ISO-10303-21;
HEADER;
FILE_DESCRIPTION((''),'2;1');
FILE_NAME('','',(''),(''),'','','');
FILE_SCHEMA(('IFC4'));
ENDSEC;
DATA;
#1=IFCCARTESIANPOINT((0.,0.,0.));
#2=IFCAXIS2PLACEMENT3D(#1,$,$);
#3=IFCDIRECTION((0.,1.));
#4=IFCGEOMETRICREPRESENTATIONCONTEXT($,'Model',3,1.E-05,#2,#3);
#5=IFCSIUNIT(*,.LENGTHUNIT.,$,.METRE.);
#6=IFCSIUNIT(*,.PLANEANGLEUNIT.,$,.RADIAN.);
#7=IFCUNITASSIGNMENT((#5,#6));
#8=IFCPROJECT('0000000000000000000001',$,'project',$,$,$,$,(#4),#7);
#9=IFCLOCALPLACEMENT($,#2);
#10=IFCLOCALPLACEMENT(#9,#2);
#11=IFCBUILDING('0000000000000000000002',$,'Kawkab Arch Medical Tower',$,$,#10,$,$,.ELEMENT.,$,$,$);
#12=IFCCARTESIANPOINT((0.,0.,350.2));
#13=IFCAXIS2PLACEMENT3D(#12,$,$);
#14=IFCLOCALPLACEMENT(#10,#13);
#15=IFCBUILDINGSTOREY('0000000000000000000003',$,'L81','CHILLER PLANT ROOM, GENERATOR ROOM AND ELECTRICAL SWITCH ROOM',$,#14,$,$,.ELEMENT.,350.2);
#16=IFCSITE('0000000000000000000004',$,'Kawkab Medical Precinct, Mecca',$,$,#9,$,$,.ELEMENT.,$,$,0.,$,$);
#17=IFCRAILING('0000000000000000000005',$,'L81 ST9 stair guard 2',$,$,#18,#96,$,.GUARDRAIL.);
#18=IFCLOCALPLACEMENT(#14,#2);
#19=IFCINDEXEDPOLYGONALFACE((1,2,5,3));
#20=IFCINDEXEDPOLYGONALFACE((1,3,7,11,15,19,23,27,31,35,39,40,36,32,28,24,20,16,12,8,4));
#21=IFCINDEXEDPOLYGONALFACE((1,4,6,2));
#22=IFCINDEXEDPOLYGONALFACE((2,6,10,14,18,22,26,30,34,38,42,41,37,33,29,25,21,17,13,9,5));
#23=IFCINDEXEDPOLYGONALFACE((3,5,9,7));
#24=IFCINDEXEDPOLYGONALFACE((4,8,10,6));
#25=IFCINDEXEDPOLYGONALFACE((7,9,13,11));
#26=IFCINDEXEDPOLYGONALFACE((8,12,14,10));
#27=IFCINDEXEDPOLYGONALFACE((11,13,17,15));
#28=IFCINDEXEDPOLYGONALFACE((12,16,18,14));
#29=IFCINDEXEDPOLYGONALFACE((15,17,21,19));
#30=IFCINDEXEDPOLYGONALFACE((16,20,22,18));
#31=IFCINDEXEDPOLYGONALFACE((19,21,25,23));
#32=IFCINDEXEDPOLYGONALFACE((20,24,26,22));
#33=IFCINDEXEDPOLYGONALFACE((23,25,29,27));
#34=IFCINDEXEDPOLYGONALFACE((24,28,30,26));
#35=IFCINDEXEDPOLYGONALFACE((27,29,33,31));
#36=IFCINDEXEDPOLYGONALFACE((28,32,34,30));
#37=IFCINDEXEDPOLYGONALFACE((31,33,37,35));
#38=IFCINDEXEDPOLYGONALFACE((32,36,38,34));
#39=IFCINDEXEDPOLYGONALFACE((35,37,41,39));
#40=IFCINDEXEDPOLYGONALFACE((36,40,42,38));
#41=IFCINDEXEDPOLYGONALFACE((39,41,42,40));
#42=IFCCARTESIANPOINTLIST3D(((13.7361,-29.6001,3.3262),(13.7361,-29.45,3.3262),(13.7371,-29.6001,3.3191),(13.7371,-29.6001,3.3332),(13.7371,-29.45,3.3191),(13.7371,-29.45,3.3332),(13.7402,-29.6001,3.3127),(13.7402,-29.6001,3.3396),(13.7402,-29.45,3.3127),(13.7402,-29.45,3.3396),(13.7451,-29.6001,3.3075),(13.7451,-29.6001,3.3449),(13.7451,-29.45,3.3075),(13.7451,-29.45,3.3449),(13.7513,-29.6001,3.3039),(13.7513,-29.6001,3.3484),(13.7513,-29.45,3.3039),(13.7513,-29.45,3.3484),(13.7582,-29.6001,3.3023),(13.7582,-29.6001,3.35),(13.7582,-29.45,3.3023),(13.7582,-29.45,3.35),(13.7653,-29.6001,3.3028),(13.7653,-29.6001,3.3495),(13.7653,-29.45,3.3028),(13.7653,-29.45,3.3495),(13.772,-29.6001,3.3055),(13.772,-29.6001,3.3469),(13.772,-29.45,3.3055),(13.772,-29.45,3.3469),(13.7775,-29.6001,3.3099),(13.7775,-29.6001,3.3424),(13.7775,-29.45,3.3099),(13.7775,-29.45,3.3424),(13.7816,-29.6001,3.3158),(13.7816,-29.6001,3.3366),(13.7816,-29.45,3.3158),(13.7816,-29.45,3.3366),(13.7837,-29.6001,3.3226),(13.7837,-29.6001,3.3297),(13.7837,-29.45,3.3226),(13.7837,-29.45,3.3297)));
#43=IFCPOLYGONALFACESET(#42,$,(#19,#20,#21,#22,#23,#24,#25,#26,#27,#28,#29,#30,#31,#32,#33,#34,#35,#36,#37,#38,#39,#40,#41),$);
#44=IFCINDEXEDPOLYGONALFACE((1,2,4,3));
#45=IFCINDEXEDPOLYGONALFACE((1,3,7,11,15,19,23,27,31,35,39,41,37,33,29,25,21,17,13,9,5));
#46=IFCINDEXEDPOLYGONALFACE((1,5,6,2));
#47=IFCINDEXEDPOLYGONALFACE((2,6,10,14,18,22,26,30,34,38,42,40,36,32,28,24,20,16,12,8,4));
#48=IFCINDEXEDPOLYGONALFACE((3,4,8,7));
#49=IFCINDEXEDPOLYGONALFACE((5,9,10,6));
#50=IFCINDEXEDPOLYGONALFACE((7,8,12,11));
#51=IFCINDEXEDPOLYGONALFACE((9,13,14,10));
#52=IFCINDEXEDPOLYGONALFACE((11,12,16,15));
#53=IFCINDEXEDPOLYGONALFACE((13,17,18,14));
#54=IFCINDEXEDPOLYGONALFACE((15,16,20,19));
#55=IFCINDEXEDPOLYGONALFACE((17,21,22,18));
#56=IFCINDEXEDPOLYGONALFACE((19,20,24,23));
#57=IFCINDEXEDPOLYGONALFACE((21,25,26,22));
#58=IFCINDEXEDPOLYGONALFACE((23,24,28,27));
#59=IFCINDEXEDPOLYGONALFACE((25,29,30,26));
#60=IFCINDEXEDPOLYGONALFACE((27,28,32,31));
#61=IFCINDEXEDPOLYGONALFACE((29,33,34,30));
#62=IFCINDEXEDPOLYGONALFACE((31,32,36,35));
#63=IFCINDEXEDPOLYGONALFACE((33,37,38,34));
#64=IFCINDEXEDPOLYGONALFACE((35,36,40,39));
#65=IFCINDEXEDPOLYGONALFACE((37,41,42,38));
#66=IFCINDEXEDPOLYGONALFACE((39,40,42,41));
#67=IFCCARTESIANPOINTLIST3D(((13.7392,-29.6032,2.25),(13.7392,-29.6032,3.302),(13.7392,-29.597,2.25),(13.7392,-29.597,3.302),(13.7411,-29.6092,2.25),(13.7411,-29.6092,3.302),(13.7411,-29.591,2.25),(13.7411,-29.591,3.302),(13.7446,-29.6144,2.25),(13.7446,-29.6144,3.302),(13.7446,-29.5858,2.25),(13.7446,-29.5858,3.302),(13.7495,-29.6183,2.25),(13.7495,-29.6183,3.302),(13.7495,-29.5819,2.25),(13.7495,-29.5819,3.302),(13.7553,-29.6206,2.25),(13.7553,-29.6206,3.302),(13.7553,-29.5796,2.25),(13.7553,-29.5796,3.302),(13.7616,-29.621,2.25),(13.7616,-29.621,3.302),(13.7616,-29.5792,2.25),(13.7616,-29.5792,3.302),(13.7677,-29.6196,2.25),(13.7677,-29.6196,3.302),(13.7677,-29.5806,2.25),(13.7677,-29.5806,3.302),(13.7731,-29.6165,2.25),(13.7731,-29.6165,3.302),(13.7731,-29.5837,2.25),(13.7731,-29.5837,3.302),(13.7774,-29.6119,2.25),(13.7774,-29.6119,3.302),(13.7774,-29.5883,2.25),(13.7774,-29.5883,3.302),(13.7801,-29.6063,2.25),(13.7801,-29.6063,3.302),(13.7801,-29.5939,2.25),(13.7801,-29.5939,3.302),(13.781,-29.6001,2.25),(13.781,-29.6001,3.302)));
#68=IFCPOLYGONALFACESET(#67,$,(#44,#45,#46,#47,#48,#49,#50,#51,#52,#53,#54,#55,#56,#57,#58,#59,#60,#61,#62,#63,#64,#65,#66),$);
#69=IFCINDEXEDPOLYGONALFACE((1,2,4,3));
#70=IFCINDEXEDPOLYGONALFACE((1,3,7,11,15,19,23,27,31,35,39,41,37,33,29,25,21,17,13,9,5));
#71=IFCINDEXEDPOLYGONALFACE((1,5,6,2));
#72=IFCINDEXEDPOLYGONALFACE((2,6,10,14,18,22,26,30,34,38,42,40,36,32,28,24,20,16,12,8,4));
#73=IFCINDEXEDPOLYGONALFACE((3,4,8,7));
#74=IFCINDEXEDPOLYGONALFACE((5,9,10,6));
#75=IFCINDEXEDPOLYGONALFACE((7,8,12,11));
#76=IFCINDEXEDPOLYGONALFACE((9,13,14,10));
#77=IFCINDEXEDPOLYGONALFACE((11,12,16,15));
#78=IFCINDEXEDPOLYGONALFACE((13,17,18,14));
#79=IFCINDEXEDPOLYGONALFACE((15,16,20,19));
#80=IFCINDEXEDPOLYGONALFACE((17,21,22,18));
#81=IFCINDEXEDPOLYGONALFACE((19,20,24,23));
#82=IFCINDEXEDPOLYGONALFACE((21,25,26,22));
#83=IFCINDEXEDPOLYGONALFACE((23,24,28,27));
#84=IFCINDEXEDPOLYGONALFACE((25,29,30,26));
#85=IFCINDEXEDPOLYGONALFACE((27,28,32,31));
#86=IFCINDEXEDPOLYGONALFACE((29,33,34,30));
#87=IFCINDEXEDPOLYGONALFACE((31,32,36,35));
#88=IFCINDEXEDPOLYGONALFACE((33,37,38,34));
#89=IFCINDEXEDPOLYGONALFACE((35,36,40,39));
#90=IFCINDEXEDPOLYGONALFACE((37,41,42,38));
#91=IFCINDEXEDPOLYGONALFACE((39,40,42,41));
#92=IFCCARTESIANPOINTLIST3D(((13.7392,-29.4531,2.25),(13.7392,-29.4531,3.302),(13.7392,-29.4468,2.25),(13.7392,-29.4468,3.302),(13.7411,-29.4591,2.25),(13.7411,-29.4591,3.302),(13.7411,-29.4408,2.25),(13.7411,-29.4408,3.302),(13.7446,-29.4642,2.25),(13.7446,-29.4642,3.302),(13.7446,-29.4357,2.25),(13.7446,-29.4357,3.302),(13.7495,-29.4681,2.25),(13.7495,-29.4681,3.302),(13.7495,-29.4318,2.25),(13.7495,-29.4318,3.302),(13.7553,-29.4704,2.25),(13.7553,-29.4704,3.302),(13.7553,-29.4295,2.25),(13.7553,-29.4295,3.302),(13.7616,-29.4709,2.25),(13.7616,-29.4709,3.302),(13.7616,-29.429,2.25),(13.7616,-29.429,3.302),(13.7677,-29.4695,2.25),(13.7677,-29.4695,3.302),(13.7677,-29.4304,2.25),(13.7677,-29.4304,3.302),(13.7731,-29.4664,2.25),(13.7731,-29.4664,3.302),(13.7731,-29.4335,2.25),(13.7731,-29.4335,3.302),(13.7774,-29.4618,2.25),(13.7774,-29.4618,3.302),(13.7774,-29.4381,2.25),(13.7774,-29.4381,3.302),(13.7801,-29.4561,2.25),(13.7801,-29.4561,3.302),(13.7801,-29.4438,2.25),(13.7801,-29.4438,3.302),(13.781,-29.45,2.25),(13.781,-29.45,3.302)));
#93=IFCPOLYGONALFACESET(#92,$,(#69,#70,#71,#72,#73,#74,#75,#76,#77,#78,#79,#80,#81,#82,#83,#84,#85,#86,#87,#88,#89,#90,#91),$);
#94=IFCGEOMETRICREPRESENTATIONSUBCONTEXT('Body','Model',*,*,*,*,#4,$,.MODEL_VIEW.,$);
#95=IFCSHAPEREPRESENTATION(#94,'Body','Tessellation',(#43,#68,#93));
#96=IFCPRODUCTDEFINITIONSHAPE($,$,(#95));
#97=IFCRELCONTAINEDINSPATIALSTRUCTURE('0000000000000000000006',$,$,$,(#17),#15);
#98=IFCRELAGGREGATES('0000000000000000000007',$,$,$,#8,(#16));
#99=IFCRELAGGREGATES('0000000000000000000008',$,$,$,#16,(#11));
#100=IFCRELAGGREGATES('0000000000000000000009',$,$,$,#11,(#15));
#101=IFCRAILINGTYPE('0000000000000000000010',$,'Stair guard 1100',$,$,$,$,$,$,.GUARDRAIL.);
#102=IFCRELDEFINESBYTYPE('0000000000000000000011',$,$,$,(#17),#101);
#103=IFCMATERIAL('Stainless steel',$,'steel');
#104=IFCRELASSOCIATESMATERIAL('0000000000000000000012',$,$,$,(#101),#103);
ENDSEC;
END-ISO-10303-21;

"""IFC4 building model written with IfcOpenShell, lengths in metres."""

from ifc_helpers import new_model, si_unit, direction, frame, origin, origin_2d, place, context, subcontext, project, spatial, circle, extrude, material, type_object, element, save


model = new_model("IFC4")

# Units and contexts
model_context = context("Model", 3, precision=1e-05, world=origin(), true_north=direction((0.0, 1.0)))
body_context = subcontext(model_context, "Body", "Model", "MODEL_VIEW")
ifc_project = project(units=[si_unit("LENGTHUNIT", "METRE"), si_unit("PLANEANGLEUNIT", "RADIAN")], contexts=[model_context])

# Site, building, storey
site_placement = place(None, origin())
site = spatial("IfcSite", under=ifc_project, at=site_placement, Name="Kawkab Medical Precinct, Mecca", CompositionType="ELEMENT", RefElevation=0.0)
building_placement = place(site_placement, origin())
building = spatial("IfcBuilding", under=site, at=building_placement, Name="Kawkab Arch Medical Tower", CompositionType="ELEMENT")
storey_placement = place(building_placement, frame((0.0, 0.0, 350.2)))
storey = spatial("IfcBuildingStorey", under=building, at=storey_placement, Name="L81", Description="CHILLER PLANT ROOM, GENERATOR ROOM AND ELECTRICAL SWITCH ROOM", CompositionType="ELEMENT", Elevation=350.2)

# Railing
ifc_material_1 = material(Name="Stainless steel", Category="steel")
railing_type = type_object("IfcRailingType", Name="Stair guard 1100", PredefinedType="GUARDRAIL", material=ifc_material_1)
railing_1_placement = place(storey_placement, frame((13.76, -29.6001, 2.25)))
element("IfcRailing", 1, at=railing_1_placement, inside=storey, type_object=railing_type, Name="L81 ST9 stair guard 2", PredefinedType="GUARDRAIL", context=body_context, shape_type="SweptSolid", body=[
    extrude(circle(Radius=0.0239, at=origin_2d()), frame((0.0, 0.0, 1.0762), z_axis=(0.0, 1.0, 0.0), x_axis=(-1.0, 0.0, 0.0)), (0.0, 0.0, 1.0), 0.1501),
    extrude(circle(Radius=0.021, at=origin_2d()), origin(), (0.0, 0.0, 1.0), 1.052),
    extrude(circle(Radius=0.021, at=origin_2d()), frame((0.0, 0.1501, 0.0)), (0.0, 0.0, 1.0), 1.052),
])

save(model, "model.ifc")
